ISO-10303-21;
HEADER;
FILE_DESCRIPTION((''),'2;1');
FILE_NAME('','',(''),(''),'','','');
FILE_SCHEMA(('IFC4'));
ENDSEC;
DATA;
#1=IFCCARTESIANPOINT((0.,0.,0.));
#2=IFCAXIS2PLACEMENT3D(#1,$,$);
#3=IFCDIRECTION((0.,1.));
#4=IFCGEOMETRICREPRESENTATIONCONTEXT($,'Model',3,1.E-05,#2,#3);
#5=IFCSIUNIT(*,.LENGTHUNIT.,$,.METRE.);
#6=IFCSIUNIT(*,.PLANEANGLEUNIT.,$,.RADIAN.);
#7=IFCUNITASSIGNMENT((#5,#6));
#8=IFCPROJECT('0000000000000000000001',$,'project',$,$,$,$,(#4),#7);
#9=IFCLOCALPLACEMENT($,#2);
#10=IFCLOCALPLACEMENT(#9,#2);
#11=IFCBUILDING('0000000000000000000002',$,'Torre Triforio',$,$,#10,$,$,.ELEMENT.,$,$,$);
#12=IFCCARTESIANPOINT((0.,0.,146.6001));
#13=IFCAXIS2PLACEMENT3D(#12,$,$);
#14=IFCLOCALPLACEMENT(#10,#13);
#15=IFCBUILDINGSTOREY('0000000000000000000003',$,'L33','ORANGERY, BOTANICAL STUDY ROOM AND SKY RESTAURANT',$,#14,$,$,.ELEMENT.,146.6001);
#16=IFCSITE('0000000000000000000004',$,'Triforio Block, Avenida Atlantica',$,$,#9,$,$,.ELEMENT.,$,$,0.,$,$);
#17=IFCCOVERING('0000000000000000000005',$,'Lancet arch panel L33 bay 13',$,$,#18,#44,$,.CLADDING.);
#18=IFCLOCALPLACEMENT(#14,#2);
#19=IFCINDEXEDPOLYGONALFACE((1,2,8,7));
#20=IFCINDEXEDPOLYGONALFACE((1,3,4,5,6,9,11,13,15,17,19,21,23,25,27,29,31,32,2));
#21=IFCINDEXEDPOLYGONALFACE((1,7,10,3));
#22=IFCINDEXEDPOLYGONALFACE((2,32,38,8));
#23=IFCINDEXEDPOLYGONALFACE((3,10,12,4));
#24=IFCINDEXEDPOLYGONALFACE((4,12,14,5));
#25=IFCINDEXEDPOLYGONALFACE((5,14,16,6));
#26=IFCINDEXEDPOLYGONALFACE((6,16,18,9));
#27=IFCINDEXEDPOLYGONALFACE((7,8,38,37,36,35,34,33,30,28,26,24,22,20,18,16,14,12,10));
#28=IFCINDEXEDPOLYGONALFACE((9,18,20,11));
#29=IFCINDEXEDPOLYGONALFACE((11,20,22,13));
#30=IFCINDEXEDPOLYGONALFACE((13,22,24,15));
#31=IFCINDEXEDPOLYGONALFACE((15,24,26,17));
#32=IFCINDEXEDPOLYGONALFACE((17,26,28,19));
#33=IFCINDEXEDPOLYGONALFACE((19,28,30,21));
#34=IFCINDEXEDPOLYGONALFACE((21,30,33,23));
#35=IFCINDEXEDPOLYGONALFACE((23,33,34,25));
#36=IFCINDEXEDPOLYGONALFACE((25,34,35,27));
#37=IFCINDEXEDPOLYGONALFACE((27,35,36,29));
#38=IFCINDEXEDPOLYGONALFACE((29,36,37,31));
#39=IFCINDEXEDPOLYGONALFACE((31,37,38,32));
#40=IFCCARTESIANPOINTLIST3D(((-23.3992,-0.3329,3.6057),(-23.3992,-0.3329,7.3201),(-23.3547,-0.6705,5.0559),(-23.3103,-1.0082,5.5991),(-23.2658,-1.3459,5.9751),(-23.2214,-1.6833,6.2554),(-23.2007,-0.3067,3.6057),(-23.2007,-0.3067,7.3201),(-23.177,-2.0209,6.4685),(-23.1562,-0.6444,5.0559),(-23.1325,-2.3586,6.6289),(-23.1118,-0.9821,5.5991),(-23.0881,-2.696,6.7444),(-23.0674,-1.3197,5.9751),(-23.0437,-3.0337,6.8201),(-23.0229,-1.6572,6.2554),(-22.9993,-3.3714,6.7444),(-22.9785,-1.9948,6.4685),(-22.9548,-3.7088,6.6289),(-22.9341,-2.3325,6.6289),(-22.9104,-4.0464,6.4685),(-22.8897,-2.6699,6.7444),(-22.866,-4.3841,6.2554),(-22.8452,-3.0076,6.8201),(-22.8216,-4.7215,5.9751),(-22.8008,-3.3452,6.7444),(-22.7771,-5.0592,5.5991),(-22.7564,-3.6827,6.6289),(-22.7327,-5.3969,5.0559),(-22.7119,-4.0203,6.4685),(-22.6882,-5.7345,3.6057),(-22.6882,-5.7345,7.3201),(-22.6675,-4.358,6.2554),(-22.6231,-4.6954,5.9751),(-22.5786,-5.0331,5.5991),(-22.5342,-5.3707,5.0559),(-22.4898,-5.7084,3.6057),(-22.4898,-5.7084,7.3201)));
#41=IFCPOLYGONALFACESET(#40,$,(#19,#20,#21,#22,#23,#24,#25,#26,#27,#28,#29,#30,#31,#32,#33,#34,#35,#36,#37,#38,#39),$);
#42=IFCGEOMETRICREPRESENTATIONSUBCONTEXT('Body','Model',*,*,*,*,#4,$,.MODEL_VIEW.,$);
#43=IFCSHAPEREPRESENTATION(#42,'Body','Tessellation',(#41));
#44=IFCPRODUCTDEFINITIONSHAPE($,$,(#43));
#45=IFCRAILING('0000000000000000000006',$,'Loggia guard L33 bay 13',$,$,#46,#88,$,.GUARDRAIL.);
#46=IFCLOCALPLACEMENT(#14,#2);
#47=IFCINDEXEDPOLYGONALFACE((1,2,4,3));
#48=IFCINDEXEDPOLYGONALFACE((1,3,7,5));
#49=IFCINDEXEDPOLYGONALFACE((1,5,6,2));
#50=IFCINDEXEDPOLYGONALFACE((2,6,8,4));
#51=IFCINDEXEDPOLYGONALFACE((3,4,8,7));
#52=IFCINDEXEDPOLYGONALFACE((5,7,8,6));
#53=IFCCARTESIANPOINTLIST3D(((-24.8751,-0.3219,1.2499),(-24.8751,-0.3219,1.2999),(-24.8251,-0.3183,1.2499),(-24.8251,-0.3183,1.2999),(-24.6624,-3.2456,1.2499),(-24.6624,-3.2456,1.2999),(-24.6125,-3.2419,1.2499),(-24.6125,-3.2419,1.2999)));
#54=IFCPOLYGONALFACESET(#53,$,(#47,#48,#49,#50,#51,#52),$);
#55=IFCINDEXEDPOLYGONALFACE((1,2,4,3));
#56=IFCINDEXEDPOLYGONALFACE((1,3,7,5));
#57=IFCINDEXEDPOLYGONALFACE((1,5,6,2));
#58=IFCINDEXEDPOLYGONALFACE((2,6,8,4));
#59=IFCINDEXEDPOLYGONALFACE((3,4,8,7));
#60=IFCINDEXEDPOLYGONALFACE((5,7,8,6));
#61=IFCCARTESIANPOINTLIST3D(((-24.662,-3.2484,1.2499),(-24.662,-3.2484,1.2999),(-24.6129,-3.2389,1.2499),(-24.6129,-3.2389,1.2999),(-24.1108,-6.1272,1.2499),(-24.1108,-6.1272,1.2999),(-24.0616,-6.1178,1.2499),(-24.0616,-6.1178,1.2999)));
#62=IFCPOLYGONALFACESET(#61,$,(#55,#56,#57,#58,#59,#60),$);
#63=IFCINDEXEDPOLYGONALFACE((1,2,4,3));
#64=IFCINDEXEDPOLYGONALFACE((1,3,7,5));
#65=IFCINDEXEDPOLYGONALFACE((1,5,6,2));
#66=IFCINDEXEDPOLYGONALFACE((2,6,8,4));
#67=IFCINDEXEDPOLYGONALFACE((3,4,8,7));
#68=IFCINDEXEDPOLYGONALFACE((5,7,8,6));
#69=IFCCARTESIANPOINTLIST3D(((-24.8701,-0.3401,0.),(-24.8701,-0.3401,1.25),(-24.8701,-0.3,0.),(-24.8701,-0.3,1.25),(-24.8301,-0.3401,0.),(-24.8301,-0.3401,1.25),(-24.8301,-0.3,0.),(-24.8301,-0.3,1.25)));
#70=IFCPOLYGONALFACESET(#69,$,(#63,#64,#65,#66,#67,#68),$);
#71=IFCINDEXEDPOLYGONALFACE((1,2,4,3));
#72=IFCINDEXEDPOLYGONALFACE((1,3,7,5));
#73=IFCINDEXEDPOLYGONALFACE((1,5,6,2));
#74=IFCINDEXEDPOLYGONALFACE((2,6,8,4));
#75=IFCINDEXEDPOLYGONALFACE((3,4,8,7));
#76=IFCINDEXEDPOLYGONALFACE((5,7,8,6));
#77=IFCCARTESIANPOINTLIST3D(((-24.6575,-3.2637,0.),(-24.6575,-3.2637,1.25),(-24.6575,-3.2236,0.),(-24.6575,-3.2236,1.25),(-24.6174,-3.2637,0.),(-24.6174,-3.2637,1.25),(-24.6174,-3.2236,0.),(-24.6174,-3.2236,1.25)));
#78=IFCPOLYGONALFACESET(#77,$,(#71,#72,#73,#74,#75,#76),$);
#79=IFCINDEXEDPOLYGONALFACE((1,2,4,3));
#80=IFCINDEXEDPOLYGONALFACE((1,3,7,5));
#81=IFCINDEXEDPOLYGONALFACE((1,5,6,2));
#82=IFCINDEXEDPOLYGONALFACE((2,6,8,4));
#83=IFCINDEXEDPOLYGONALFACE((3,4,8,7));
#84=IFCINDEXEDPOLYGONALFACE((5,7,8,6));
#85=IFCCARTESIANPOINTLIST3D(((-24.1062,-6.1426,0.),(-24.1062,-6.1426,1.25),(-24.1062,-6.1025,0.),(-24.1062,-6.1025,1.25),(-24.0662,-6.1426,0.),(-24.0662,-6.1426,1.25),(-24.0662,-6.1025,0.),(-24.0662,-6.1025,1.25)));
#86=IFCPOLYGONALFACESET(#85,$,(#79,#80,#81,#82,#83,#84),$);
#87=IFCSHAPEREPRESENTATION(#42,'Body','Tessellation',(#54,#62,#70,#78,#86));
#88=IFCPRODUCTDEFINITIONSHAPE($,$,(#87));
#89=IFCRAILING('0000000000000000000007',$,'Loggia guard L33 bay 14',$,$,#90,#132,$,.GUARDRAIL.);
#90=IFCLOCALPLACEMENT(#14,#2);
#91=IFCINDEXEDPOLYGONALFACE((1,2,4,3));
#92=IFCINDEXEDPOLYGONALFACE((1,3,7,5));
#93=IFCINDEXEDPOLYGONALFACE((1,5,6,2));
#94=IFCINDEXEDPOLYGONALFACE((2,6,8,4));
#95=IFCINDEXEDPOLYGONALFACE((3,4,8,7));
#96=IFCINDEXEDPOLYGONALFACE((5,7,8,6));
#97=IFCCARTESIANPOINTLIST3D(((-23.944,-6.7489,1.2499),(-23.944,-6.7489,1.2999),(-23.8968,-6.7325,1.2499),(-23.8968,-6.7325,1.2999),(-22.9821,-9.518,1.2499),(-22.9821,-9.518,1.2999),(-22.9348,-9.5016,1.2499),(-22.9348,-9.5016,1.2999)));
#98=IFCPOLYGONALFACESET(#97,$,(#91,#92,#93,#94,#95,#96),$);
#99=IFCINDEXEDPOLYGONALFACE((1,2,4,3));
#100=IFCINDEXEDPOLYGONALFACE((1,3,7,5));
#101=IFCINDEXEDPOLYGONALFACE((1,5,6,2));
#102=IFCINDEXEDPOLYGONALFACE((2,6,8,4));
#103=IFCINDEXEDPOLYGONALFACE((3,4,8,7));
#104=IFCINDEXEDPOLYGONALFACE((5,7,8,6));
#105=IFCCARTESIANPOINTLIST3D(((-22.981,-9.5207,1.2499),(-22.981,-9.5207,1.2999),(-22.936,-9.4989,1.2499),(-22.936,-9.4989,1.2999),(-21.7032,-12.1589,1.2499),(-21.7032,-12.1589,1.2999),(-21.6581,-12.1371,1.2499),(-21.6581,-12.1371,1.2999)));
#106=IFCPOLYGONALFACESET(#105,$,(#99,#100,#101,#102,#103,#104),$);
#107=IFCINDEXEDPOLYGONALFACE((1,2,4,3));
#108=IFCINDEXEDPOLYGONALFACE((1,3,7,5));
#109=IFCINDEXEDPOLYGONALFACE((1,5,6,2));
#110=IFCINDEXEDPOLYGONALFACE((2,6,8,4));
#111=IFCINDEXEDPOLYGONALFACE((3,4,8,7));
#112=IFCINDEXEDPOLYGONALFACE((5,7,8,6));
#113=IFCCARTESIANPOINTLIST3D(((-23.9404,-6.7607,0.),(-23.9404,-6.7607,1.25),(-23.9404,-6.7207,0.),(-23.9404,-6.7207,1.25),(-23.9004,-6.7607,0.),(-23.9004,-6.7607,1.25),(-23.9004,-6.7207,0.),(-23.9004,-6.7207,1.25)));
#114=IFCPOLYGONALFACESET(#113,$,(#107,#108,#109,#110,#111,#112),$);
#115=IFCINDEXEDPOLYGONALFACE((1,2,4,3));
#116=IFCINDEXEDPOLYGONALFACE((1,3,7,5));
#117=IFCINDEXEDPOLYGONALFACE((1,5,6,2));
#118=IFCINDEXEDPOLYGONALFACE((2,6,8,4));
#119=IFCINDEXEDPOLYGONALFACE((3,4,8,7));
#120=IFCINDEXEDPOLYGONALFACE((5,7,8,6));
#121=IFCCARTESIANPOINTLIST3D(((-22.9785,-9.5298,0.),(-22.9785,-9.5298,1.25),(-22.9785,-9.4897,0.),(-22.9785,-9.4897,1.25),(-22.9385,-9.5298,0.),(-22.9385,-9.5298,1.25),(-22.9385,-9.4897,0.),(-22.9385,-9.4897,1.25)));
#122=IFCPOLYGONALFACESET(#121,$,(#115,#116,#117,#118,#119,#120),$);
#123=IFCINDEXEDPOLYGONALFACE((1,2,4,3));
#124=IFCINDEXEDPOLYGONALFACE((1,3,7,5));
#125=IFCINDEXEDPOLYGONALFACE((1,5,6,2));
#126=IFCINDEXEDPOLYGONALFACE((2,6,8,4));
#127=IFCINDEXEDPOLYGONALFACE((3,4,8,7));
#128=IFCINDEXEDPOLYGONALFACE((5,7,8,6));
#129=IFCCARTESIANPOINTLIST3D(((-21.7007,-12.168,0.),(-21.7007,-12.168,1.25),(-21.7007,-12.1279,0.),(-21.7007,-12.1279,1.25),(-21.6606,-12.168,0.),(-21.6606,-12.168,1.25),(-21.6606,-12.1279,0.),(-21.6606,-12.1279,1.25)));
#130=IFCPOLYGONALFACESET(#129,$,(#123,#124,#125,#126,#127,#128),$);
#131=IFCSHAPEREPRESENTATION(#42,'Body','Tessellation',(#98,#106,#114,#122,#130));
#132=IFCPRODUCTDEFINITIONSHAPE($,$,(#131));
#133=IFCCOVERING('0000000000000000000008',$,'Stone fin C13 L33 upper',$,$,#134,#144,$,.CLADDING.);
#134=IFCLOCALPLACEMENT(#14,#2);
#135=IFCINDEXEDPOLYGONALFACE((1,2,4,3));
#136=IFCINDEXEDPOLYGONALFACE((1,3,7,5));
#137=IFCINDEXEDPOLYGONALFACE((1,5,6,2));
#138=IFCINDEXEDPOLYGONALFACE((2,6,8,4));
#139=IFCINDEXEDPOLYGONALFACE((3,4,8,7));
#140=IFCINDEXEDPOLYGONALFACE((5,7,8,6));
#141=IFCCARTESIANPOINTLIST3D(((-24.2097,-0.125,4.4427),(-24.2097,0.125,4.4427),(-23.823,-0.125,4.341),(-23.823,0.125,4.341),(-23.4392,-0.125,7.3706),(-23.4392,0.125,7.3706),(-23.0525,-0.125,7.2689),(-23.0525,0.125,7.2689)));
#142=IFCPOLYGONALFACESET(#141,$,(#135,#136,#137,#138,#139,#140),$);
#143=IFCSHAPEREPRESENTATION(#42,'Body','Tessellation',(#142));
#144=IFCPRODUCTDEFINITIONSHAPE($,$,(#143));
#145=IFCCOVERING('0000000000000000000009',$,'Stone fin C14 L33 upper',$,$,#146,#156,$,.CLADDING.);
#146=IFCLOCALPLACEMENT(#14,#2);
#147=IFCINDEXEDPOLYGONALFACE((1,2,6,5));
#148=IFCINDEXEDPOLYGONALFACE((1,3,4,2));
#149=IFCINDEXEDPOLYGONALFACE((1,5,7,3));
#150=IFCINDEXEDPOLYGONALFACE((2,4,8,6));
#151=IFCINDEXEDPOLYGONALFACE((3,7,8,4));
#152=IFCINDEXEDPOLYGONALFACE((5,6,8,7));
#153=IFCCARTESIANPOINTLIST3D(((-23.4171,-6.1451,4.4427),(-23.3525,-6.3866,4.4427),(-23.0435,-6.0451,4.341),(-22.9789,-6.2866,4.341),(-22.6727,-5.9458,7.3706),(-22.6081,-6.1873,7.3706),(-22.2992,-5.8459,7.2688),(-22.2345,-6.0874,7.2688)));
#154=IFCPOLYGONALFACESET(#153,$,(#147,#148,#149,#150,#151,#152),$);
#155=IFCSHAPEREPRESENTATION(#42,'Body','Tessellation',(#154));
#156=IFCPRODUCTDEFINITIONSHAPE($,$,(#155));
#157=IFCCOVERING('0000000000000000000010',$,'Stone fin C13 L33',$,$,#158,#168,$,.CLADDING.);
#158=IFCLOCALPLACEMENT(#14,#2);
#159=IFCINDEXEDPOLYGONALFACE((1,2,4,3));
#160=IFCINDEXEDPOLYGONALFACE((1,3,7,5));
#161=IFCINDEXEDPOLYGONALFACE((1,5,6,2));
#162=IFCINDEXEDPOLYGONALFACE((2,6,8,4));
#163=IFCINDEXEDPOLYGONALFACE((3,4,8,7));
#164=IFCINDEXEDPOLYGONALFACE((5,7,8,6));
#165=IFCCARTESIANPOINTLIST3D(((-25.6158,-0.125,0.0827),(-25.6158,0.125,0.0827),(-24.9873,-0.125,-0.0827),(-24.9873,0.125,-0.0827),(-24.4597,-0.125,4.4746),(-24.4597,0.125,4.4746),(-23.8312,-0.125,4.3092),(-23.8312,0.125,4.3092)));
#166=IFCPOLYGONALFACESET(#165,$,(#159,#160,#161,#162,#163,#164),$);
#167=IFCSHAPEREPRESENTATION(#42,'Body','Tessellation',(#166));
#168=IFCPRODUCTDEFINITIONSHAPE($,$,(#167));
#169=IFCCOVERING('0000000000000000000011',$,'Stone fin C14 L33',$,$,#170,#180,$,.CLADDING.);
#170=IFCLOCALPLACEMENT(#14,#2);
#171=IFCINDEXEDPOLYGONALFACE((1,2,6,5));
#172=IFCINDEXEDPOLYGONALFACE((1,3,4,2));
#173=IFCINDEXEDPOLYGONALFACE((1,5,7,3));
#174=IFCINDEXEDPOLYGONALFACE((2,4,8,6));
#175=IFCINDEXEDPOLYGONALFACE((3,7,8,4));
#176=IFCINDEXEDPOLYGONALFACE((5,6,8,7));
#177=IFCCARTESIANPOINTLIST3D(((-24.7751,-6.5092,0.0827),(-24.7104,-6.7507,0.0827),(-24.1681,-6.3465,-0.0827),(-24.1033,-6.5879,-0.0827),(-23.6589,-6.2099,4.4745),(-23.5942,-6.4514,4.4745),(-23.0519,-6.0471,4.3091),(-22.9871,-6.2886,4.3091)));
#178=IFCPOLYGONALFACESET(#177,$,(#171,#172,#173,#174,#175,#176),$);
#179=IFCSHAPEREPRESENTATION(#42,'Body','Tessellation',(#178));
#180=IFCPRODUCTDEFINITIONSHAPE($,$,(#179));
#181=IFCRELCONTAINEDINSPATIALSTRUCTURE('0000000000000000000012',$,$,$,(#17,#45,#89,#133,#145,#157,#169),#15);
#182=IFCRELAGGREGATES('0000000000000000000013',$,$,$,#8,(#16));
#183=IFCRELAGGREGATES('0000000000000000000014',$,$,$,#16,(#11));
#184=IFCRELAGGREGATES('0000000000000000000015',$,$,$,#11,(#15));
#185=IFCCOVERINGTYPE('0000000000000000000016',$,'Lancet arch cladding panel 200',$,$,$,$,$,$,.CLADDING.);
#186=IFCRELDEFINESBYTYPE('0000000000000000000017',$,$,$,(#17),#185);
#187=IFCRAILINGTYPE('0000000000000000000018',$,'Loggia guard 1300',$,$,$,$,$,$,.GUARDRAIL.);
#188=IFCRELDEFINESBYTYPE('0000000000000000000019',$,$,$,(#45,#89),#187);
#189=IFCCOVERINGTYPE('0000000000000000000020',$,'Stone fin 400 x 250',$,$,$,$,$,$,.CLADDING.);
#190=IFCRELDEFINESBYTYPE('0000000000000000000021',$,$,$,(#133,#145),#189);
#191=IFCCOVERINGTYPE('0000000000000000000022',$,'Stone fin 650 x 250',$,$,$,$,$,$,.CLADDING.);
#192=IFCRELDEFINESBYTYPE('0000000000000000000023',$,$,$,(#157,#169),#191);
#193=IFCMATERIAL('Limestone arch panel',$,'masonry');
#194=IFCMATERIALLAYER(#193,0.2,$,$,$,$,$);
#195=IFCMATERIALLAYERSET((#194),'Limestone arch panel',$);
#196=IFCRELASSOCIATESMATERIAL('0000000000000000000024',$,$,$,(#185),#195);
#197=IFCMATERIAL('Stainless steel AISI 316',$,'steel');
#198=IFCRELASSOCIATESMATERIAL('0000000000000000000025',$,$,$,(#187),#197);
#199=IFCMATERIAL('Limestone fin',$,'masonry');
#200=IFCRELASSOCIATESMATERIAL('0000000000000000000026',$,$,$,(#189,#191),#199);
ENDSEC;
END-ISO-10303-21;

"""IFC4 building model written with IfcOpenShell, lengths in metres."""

from ifc_helpers import new_model, si_unit, direction, frame, origin, origin_2d, place, context, subcontext, project, spatial, polyline, rectangle, outline, extrude, material, layer, layer_set, material_profile, profile_set, type_object, element, save


model = new_model("IFC4")

# Units and contexts
model_context = context("Model", 3, precision=1e-05, world=origin(), true_north=direction((0.0, 1.0)))
body_context = subcontext(model_context, "Body", "Model", "MODEL_VIEW")
ifc_project = project(units=[si_unit("LENGTHUNIT", "METRE"), si_unit("PLANEANGLEUNIT", "RADIAN")], contexts=[model_context])

# Site, building, storey
site_placement = place(None, origin())
site = spatial("IfcSite", under=ifc_project, at=site_placement, Name="Triforio Block, Avenida Atlantica", CompositionType="ELEMENT", RefElevation=0.0)
building_placement = place(site_placement, origin())
building = spatial("IfcBuilding", under=site, at=building_placement, Name="Torre Triforio", CompositionType="ELEMENT")
storey_placement = place(building_placement, frame((0.0, 0.0, 146.6001)))
storey = spatial("IfcBuildingStorey", under=building, at=storey_placement, Name="L33", Description="ORANGERY, BOTANICAL STUDY ROOM AND SKY RESTAURANT", CompositionType="ELEMENT", Elevation=146.6001)

# Covering
ifc_material_1 = material(Name="Limestone arch panel", Category="masonry")
ifc_layer_1 = layer(ifc_material_1, 0.2)
ifc_layer_set_1 = layer_set([ifc_layer_1], Name="Limestone arch panel")
covering_type_1 = type_object("IfcCoveringType", Name="Lancet arch cladding panel 200", PredefinedType="CLADDING", material=ifc_layer_set_1)
covering_1_placement = place(storey_placement, frame((-22.8452, -3.0076, 0.0), z_axis=(-0.99145, -0.130486, 0.0), x_axis=(0.130486, -0.99145, 0.0)))
element("IfcCovering", 1, at=covering_1_placement, inside=storey, type_object=covering_type_1, Name="Lancet arch panel L33 bay 13", PredefinedType="CLADDING", context=body_context, shape_type="SweptSolid", body=[
    extrude(outline(polyline([(-2.7241, 7.3201), (-2.7241, 3.6057), (-2.3835, 5.0559), (-2.043, 5.5991), (-1.7024, 5.9751), (-1.3621, 6.2554), (-1.0215, 6.4685), (-0.6809, 6.6289), (-0.3406, 6.7444), (0.0, 6.8201), (0.3406, 6.7444), (0.6809, 6.6289), (1.0215, 6.4685), (1.3621, 6.2554), (1.7024, 5.9751), (2.043, 5.5991), (2.3835, 5.0559), (2.7241, 3.6057), (2.7241, 7.3201), (-2.7241, 7.3201)])), origin(), (0.0, 0.0, 1.0), 0.2002),
])

# Railings
ifc_material_2 = material(Name="Stainless steel AISI 316", Category="steel")
railing_type = type_object("IfcRailingType", Name="Loggia guard 1300", PredefinedType="GUARDRAIL", material=ifc_material_2)
railing_1_placement = place(storey_placement, frame((-24.8501, -0.3201, 0.0)))
element("IfcRailing", 2, at=railing_1_placement, inside=storey, type_object=railing_type, Name="Loggia guard L33 bay 13", PredefinedType="GUARDRAIL", context=body_context, shape_type="SweptSolid", body=[
    extrude(rectangle(XDim=0.05, YDim=0.05, at=origin_2d()), frame((0.0, 0.0, 1.2749), z_axis=(0.072543, -0.997365, 0.0), x_axis=(0.997365, 0.072543, 0.0)), (0.0, 0.0, 1.0), 2.9314),
    extrude(rectangle(XDim=0.05, YDim=0.05, at=origin_2d()), frame((0.2126, -2.9236, 1.2749), z_axis=(0.188069, -0.982156, 0.0), x_axis=(0.982156, 0.188069, 0.0)), (0.0, 0.0, 1.0), 2.9312),
    extrude(rectangle(XDim=0.04, YDim=0.04, at=origin_2d()), origin(), (0.0, 0.0, 1.0), 1.25),
    extrude(rectangle(XDim=0.04, YDim=0.04, at=origin_2d()), frame((0.2126, -2.9236, 0.0)), (0.0, 0.0, 1.0), 1.25),
    extrude(rectangle(XDim=0.04, YDim=0.04, at=origin_2d()), frame((0.7639, -5.8025, 0.0)), (0.0, 0.0, 1.0), 1.25),
])
railing_2_placement = place(storey_placement, frame((-23.9204, -6.7407, 0.0)))
element("IfcRailing", 3, at=railing_2_placement, inside=storey, type_object=railing_type, Name="Loggia guard L33 bay 14", PredefinedType="GUARDRAIL", context=body_context, shape_type="SweptSolid", body=[
    extrude(rectangle(XDim=0.05, YDim=0.05, at=origin_2d()), frame((0.0, 0.0, 1.2749), z_axis=(0.328146, -0.944627, 0.0), x_axis=(0.944627, 0.328146, 0.0)), (0.0, 0.0, 1.0), 2.9314),
    extrude(rectangle(XDim=0.05, YDim=0.05, at=origin_2d()), frame((0.9619, -2.769, 1.2749), z_axis=(0.435918, -0.899986, 0.0), x_axis=(0.899986, 0.435918, 0.0)), (0.0, 0.0, 1.0), 2.9314),
    extrude(rectangle(XDim=0.04, YDim=0.04, at=origin_2d()), origin(), (0.0, 0.0, 1.0), 1.25),
    extrude(rectangle(XDim=0.04, YDim=0.04, at=origin_2d()), frame((0.9619, -2.769, 0.0)), (0.0, 0.0, 1.0), 1.25),
    extrude(rectangle(XDim=0.04, YDim=0.04, at=origin_2d()), frame((2.2397, -5.4072, 0.0)), (0.0, 0.0, 1.0), 1.25),
])

# Coverings
ifc_material_3 = material(Name="Limestone fin", Category="masonry")
ifc_material_profile_1 = material_profile(ifc_material_3, rectangle(XDim=0.3999, YDim=0.25, at=origin_2d()), Name="FIN 400x250")
ifc_profile_set_1 = profile_set([ifc_material_profile_1], Name="Limestone fin")
covering_type_2 = type_object("IfcCoveringType", Name="Stone fin 400 x 250", PredefinedType="CLADDING", material=ifc_profile_set_1)
for number, where, z_axis, x_axis, name in (
    (4, (-24.0164, 0.0, 4.3918), (0.254489, 0.0, 0.967076), (-0.967076, 0.0, 0.254489), "Stone fin C13 L33 upper"),
    (5, (-23.198, -6.2158, 4.3918), (0.24586, 0.065799, 0.96707), (-0.934192, -0.250017, 0.254512), "Stone fin C14 L33 upper"),
):
    element("IfcCovering", number, at=place(storey_placement, frame(where, z_axis=z_axis, x_axis=x_axis)), inside=storey, type_object=covering_type_2, Name=name, PredefinedType="CLADDING", context=body_context, shape_type="SweptSolid", body=[
        extrude(rectangle(XDim=0.3999, YDim=0.25, at=origin_2d()), origin(), (0.0, 0.0, 1.0), 3.0276),
    ])
ifc_material_profile_2 = material_profile(ifc_material_3, rectangle(XDim=0.6499, YDim=0.25, at=origin_2d()), Name="FIN 650x250")
ifc_profile_set_2 = profile_set([ifc_material_profile_2], Name="Limestone fin")
covering_type_3 = type_object("IfcCoveringType", Name="Stone fin 650 x 250", PredefinedType="CLADDING", material=ifc_profile_set_2)
covering_2_placement = place(storey_placement, frame((-25.3015, 0.0, 0.0), z_axis=(0.254546, 0.0, 0.967061), x_axis=(-0.967061, 0.0, 0.254546)))
element("IfcCovering", 6, at=covering_2_placement, inside=storey, type_object=covering_type_3, Name="Stone fin C13 L33", PredefinedType="CLADDING", context=body_context, shape_type="SweptSolid", body=[
    extrude(rectangle(XDim=0.6499, YDim=0.25, at=origin_2d()), origin(), (0.0, 0.0, 1.0), 4.5415),
])
covering_3_placement = place(storey_placement, frame((-24.4392, -6.5486, 0.0), z_axis=(0.245789, 0.065909, 0.96708), x_axis=(-0.93408, -0.250477, 0.254472)))
element("IfcCovering", 7, at=covering_3_placement, inside=storey, type_object=covering_type_3, Name="Stone fin C14 L33", PredefinedType="CLADDING", context=body_context, shape_type="SweptSolid", body=[
    extrude(rectangle(XDim=0.6499, YDim=0.25, at=origin_2d()), origin(), (0.0, 0.0, 1.0), 4.5413),
])

save(model, "model.ifc")
